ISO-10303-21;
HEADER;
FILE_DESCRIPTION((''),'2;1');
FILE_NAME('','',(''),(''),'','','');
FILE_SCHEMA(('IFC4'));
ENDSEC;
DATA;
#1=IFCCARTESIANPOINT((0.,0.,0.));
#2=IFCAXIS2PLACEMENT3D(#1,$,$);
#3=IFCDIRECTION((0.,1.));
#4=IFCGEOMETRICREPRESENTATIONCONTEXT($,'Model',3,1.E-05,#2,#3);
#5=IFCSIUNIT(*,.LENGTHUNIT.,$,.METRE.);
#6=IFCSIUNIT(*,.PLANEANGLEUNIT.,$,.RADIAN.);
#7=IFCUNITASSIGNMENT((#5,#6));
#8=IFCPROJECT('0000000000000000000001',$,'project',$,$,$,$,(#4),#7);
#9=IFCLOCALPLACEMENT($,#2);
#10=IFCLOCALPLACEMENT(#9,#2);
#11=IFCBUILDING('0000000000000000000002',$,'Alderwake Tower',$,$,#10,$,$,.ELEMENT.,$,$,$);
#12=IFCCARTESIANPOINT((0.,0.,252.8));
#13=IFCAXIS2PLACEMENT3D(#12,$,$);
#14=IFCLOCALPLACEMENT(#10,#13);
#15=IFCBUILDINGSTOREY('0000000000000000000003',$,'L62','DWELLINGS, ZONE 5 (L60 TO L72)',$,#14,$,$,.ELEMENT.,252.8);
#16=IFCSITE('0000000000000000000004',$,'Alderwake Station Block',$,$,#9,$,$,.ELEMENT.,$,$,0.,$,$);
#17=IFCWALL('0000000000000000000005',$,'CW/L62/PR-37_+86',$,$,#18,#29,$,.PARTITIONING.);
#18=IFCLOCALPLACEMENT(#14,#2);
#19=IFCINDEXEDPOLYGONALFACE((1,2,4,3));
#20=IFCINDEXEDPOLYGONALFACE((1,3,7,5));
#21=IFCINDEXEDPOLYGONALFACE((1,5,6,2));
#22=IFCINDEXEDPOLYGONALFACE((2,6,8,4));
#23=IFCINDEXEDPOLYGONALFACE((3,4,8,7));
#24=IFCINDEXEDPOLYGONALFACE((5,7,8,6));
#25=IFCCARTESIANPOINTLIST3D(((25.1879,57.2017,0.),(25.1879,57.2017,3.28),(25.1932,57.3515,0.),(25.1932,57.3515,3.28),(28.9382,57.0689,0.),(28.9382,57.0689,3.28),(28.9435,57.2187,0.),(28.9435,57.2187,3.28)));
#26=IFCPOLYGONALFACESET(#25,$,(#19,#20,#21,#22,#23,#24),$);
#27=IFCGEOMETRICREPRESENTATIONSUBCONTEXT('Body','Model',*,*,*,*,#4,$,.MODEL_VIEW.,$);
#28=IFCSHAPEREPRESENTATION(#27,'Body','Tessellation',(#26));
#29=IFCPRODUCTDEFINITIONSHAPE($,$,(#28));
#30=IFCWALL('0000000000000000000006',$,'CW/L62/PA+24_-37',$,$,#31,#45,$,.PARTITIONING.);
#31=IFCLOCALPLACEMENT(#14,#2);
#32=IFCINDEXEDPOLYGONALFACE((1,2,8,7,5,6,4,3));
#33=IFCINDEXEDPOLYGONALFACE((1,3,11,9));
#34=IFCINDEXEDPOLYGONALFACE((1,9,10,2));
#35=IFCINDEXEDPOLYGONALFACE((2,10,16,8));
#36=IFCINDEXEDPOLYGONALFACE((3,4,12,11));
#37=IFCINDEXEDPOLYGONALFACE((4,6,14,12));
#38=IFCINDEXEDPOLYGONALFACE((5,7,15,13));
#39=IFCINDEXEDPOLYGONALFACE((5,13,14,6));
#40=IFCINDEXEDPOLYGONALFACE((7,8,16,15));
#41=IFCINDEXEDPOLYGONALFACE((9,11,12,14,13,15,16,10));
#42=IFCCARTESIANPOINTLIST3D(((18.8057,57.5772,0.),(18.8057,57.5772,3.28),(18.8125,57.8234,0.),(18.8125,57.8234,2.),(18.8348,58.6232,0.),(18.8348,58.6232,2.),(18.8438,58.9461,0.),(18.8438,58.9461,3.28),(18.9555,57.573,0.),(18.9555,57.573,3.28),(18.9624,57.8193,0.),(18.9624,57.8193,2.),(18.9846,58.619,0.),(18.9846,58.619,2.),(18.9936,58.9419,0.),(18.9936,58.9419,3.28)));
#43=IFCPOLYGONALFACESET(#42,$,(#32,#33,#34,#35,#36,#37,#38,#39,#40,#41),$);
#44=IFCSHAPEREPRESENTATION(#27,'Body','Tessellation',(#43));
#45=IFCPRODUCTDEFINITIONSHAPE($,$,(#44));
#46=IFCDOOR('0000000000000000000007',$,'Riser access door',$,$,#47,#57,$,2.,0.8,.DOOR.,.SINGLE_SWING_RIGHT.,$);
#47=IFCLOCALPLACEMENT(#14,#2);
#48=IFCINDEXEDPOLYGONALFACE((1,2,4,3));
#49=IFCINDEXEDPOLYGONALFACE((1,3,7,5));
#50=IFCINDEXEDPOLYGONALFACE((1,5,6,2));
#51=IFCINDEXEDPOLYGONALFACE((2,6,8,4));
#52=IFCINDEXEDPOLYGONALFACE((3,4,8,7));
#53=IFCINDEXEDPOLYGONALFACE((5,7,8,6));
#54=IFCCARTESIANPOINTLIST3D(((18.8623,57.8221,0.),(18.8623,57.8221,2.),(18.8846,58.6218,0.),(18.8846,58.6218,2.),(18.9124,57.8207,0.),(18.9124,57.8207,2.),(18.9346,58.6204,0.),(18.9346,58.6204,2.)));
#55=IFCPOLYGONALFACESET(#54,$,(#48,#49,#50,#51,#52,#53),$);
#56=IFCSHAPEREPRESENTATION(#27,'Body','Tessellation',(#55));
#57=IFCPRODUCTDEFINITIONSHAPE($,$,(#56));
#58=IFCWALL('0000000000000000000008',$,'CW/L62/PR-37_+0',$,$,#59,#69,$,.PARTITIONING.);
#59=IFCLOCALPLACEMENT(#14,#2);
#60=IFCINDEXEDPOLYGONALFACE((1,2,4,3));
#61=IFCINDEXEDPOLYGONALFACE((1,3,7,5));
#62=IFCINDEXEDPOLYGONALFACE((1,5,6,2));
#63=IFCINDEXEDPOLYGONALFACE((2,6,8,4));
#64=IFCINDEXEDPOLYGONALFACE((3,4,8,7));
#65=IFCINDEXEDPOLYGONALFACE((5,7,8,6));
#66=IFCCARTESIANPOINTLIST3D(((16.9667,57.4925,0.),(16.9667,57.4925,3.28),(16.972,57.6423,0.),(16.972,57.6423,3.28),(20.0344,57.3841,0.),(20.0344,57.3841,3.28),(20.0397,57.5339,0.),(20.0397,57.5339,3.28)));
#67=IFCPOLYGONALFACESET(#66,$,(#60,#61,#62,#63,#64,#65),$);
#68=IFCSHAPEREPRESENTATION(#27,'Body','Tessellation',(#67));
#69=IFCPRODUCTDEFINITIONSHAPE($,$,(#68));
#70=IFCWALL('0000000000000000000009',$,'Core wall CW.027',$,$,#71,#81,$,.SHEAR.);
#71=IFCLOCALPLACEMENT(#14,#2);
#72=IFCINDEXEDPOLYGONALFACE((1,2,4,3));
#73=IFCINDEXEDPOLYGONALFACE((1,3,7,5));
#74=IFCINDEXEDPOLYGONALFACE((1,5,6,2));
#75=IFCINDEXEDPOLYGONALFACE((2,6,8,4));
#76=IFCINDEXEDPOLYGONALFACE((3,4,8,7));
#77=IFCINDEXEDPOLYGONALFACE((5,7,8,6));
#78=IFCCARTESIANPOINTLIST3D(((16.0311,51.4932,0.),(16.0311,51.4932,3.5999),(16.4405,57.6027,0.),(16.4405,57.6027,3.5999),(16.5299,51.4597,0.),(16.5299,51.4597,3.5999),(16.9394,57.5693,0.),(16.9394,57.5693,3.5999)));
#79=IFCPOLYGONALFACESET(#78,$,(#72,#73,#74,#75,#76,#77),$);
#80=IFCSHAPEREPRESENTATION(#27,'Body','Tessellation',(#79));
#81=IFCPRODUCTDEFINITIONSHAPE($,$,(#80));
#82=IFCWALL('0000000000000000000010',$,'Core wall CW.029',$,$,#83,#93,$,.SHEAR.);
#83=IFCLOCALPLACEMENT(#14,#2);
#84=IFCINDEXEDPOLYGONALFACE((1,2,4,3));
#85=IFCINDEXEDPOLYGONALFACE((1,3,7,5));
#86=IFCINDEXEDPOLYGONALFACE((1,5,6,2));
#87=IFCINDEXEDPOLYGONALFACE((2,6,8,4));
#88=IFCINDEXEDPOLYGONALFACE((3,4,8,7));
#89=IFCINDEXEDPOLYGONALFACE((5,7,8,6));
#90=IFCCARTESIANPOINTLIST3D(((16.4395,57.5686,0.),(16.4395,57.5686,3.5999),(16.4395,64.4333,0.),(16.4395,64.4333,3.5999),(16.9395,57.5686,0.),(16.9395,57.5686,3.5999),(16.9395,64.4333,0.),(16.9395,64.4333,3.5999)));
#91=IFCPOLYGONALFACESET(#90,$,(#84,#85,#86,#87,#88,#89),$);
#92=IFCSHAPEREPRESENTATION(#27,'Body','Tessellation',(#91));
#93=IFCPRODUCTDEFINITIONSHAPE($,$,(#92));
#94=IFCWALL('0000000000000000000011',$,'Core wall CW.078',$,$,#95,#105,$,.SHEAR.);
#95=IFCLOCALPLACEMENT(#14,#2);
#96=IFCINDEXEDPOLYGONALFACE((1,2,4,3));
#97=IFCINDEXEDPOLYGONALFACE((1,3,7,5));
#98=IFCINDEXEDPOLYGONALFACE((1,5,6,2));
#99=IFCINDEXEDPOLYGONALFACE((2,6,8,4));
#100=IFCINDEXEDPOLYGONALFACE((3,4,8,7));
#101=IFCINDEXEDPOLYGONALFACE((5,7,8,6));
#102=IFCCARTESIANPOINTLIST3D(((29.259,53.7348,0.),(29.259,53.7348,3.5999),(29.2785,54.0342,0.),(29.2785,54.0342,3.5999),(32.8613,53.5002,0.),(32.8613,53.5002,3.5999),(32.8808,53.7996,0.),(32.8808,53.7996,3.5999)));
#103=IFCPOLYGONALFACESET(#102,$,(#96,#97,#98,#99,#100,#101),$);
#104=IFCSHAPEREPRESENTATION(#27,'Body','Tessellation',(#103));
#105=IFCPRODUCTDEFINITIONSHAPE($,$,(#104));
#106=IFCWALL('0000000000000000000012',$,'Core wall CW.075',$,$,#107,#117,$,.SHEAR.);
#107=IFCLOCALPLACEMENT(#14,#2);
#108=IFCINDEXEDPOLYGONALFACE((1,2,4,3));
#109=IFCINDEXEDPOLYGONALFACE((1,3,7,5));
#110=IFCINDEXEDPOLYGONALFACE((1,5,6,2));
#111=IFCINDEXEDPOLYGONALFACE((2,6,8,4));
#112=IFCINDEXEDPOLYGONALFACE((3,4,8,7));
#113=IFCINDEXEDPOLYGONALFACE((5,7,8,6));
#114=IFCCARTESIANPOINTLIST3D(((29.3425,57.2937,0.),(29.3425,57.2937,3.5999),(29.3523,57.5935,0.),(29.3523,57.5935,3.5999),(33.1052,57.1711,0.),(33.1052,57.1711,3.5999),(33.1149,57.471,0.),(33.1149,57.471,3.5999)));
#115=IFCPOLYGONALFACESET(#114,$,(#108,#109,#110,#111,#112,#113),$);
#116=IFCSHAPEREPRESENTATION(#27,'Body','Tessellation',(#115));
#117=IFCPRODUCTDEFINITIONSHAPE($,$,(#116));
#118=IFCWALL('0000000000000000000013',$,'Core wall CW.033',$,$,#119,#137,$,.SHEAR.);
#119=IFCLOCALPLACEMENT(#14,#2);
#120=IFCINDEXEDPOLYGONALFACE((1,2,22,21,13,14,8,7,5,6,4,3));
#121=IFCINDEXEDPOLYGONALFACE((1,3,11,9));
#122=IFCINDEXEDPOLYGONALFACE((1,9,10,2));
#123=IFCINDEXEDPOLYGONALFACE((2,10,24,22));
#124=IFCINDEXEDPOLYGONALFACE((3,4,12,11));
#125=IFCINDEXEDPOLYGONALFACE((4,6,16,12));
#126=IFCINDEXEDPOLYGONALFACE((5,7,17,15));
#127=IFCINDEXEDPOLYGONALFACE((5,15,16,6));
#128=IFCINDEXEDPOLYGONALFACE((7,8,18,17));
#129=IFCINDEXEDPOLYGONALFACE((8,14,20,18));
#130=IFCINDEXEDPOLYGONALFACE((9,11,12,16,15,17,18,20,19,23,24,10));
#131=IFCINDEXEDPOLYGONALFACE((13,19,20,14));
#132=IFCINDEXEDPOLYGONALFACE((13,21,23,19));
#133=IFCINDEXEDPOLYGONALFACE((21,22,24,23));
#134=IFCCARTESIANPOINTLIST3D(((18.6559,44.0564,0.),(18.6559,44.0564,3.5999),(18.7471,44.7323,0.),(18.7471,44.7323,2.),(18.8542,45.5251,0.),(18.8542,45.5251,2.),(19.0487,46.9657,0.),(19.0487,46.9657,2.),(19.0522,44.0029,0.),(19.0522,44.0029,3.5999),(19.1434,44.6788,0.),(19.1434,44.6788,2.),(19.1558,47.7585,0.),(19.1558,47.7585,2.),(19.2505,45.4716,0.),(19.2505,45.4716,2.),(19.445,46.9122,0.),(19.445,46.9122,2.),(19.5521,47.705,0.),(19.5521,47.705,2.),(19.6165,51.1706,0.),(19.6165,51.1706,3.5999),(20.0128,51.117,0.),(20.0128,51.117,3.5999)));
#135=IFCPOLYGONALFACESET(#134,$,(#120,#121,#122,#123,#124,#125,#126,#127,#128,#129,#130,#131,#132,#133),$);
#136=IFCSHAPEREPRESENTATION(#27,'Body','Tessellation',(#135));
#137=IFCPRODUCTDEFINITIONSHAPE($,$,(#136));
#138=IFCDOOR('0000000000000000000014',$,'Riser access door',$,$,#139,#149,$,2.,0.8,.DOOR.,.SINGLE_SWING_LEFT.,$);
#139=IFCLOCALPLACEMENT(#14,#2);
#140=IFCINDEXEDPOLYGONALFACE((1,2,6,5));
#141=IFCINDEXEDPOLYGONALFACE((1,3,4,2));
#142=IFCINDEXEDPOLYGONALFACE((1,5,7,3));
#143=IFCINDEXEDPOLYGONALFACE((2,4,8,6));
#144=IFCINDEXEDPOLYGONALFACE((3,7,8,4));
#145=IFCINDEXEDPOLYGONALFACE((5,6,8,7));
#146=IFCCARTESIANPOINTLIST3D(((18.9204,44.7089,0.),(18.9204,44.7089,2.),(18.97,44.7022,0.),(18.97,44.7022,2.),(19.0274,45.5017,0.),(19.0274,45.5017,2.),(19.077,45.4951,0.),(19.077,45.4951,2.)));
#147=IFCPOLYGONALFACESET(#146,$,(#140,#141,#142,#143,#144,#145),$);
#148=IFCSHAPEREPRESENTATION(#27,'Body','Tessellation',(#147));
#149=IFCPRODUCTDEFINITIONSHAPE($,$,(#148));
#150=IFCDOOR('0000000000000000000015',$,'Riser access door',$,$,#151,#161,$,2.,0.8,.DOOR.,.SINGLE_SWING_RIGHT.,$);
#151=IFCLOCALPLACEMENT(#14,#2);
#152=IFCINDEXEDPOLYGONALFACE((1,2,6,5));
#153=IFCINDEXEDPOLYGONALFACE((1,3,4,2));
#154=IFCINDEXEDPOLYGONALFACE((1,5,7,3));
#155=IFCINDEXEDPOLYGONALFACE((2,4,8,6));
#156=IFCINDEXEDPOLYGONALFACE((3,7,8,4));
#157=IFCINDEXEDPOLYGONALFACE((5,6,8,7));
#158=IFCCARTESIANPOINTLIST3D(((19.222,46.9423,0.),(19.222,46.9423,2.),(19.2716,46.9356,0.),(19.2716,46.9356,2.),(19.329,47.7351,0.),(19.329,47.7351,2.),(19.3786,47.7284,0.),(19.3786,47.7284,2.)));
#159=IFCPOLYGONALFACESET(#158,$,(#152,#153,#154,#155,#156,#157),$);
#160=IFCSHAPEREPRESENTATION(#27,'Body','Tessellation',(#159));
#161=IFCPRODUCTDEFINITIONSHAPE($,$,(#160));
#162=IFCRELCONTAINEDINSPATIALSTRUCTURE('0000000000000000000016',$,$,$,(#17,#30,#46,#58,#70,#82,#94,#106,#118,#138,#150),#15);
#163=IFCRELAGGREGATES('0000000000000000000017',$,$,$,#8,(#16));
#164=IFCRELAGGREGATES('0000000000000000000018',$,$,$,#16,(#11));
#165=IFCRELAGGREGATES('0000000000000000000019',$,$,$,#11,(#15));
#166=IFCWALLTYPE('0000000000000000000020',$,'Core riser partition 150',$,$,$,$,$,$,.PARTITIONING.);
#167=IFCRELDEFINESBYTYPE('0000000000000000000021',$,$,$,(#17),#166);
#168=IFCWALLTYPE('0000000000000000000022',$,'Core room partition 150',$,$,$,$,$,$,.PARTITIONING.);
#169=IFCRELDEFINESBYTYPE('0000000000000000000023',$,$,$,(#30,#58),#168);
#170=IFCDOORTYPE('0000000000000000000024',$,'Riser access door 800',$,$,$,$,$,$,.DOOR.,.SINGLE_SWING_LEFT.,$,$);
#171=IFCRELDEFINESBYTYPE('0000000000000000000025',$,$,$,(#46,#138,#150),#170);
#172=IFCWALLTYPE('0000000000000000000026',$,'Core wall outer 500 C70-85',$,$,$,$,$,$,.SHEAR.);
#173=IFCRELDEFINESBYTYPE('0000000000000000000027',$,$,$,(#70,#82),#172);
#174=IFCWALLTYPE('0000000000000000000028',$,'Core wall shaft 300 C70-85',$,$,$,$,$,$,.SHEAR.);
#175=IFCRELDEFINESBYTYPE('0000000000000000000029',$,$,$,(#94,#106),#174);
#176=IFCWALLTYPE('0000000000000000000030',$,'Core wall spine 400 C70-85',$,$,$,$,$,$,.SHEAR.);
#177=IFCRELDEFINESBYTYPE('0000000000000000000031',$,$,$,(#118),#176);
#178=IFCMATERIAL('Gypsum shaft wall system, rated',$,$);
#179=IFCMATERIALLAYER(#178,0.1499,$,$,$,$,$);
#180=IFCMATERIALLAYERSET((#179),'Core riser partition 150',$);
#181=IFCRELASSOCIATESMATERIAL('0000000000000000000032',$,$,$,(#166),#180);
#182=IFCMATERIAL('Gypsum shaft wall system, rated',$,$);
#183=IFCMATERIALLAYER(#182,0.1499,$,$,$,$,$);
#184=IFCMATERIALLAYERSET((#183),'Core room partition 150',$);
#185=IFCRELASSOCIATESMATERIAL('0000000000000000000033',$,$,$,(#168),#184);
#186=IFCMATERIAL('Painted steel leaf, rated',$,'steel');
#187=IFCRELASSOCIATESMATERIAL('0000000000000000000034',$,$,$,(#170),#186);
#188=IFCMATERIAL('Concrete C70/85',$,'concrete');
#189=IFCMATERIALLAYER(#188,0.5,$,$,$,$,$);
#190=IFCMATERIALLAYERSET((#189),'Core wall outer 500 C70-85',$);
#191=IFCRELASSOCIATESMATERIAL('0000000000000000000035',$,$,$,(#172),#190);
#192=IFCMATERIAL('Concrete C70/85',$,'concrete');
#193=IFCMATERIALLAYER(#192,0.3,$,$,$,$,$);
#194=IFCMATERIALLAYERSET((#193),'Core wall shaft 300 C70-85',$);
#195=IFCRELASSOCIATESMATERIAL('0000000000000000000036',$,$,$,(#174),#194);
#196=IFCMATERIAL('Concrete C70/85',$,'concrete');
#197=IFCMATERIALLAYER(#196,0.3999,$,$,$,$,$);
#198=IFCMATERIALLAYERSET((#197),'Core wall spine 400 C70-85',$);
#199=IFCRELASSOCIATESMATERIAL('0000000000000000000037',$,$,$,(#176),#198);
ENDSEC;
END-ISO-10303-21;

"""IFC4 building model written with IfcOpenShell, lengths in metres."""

from ifc_helpers import new_model, si_unit, direction, frame, frame_2d, origin, place, context, subcontext, project, spatial, rectangle, extrude, material, layer, layer_set, type_object, element, fill, save


model = new_model("IFC4")

# Units and contexts
model_context = context("Model", 3, precision=1e-05, world=origin(), true_north=direction((0.0, 1.0)))
body_context = subcontext(model_context, "Body", "Model", "MODEL_VIEW")
ifc_project = project(units=[si_unit("LENGTHUNIT", "METRE"), si_unit("PLANEANGLEUNIT", "RADIAN")], contexts=[model_context])

# Site, building, storey
site_placement = place(None, origin())
site = spatial("IfcSite", under=ifc_project, at=site_placement, Name="Alderwake Station Block", CompositionType="ELEMENT", RefElevation=0.0)
building_placement = place(site_placement, origin())
building = spatial("IfcBuilding", under=site, at=building_placement, Name="Alderwake Tower", CompositionType="ELEMENT")
storey_placement = place(building_placement, frame((0.0, 0.0, 252.8)))
storey = spatial("IfcBuildingStorey", under=building, at=storey_placement, Name="L62", Description="DWELLINGS, ZONE 5 (L60 TO L72)", CompositionType="ELEMENT", Elevation=252.8)

# Wall
ifc_material_1 = material(Name="Gypsum shaft wall system, rated")
ifc_layer_1 = layer(ifc_material_1, 0.1499)
ifc_layer_set_1 = layer_set([ifc_layer_1], Name="Core riser partition 150")
wall_type_1 = type_object("IfcWallType", Name="Core riser partition 150", PredefinedType="PARTITIONING", material=ifc_layer_set_1)
wall_1_placement = place(storey_placement, frame((25.1904, 57.2766, 0.0), z_axis=(0.0, 0.0, 1.0), x_axis=(0.999374, -0.035392, 0.0)))
element("IfcWall", 1, at=wall_1_placement, inside=storey, type_object=wall_type_1, Name="CW/L62/PR-37_+86", PredefinedType="PARTITIONING", context=body_context, shape_type="SweptSolid", body=[
    extrude(rectangle(XDim=3.7527, YDim=0.1499, at=frame_2d((1.8765, 0.0))), origin(), (0.0, 0.0, 1.0), 3.28),
])

# Wall, opening, door
ifc_material_2 = material(Name="Gypsum shaft wall system, rated")
ifc_layer_2 = layer(ifc_material_2, 0.1499)
ifc_layer_set_2 = layer_set([ifc_layer_2], Name="Core room partition 150")
wall_type_2 = type_object("IfcWallType", Name="Core room partition 150", PredefinedType="PARTITIONING", material=ifc_layer_set_2)
wall_2_placement = place(storey_placement, frame((18.9187, 58.9438, 0.0), z_axis=(0.0, 0.0, 1.0), x_axis=(-0.027812, -0.999613, 0.0)))
wall_2 = element("IfcWall", 2, at=wall_2_placement, inside=storey, type_object=wall_type_2, Name="CW/L62/PA+24_-37", PredefinedType="PARTITIONING", context=body_context, shape_type="SweptSolid", body=[
    extrude(rectangle(XDim=1.3694, YDim=0.1499, at=frame_2d((0.6846, 0.0))), origin(), (0.0, 0.0, 1.0), 3.28),
])
opening_1_placement = place(wall_2_placement, frame((0.323, 0.0, 0.0)))
opening_1 = element("IfcOpeningElement", 3, at=opening_1_placement, cuts=wall_2, PredefinedType="OPENING", context=body_context, shape_type="SweptSolid", body=[
    extrude(rectangle(XDim=0.8, YDim=2.0, at=frame_2d((0.3999, 1.0))), frame((0.0, 0.085, 0.0), z_axis=(0.0, -1.0, 0.0), x_axis=(1.0, 0.0, 0.0)), (0.0, 0.0, 1.0), 0.1699),
])
ifc_material_3 = material(Name="Painted steel leaf, rated", Category="steel")
door_type_1 = type_object("IfcDoorType", Name="Riser access door 800", OperationType="SINGLE_SWING_LEFT", PredefinedType="DOOR", material=ifc_material_3)
door_1_placement = place(opening_1_placement, origin())
door_1 = element("IfcDoor", 4, at=door_1_placement, inside=storey, type_object=door_type_1, Name="Riser access door", OperationType="SINGLE_SWING_RIGHT", OverallHeight=2.0, OverallWidth=0.8, PredefinedType="DOOR", context=body_context, shape_type="SweptSolid", body=[
    extrude(rectangle(XDim=0.8, YDim=2.0, at=frame_2d((0.3999, 1.0))), frame((0.0, 0.0249, 0.0), z_axis=(0.0, -1.0, 0.0), x_axis=(1.0, 0.0, 0.0)), (0.0, 0.0, 1.0), 0.05),
])
fill(opening_1, door_1)

# Walls
wall_3_placement = place(storey_placement, frame((16.9695, 57.5674, 0.0), z_axis=(0.0, 0.0, 1.0), x_axis=(0.999376, -0.035314, 0.0)))
element("IfcWall", 5, at=wall_3_placement, inside=storey, type_object=wall_type_2, Name="CW/L62/PR-37_+0", PredefinedType="PARTITIONING", context=body_context, shape_type="SweptSolid", body=[
    extrude(rectangle(XDim=3.0696, YDim=0.1499, at=frame_2d((1.5347, 0.0))), origin(), (0.0, 0.0, 1.0), 3.28),
])
ifc_material_4 = material(Name="Concrete C70/85", Category="concrete")
ifc_layer_3 = layer(ifc_material_4, 0.5)
ifc_layer_set_3 = layer_set([ifc_layer_3], Name="Core wall outer 500 C70-85")
wall_type_3 = type_object("IfcWallType", Name="Core wall outer 500 C70-85", PredefinedType="SHEAR", material=ifc_layer_set_3)
wall_4_placement = place(storey_placement, frame((16.2805, 51.4766, 0.0), z_axis=(0.0, 0.0, 1.0), x_axis=(0.066863, 0.997762, 0.0)))
element("IfcWall", 6, at=wall_4_placement, inside=storey, type_object=wall_type_3, Name="Core wall CW.027", PredefinedType="SHEAR", context=body_context, shape_type="SweptSolid", body=[
    extrude(rectangle(XDim=6.1233, YDim=0.5, at=frame_2d((3.0615, 0.0))), origin(), (0.0, 0.0, 1.0), 3.5999),
])
wall_5_placement = place(storey_placement, frame((16.6895, 57.5686, 0.0), z_axis=(0.0, 0.0, 1.0), x_axis=(0.0, 1.0, 0.0)))
element("IfcWall", 7, at=wall_5_placement, inside=storey, type_object=wall_type_3, Name="Core wall CW.029", PredefinedType="SHEAR", context=body_context, shape_type="SweptSolid", body=[
    extrude(rectangle(XDim=6.8647, YDim=0.5, at=frame_2d((3.4324, 0.0))), origin(), (0.0, 0.0, 1.0), 3.5999),
])
ifc_material_5 = material(Name="Concrete C70/85", Category="concrete")
ifc_layer_4 = layer(ifc_material_5, 0.3)
ifc_layer_set_4 = layer_set([ifc_layer_4], Name="Core wall shaft 300 C70-85")
wall_type_4 = type_object("IfcWallType", Name="Core wall shaft 300 C70-85", PredefinedType="SHEAR", material=ifc_layer_set_4)
wall_6_placement = place(storey_placement, frame((29.2688, 53.8845, 0.0), z_axis=(0.0, 0.0, 1.0), x_axis=(0.997886, -0.064993, 0.0)))
element("IfcWall", 8, at=wall_6_placement, inside=storey, type_object=wall_type_4, Name="Core wall CW.078", PredefinedType="SHEAR", context=body_context, shape_type="SweptSolid", body=[
    extrude(rectangle(XDim=3.6099, YDim=0.3, at=frame_2d((1.8049, 0.0))), origin(), (0.0, 0.0, 1.0), 3.5999),
])
wall_7_placement = place(storey_placement, frame((29.3474, 57.4436, 0.0), z_axis=(0.0, 0.0, 1.0), x_axis=(0.99947, -0.032555, 0.0)))
element("IfcWall", 9, at=wall_7_placement, inside=storey, type_object=wall_type_4, Name="Core wall CW.075", PredefinedType="SHEAR", context=body_context, shape_type="SweptSolid", body=[
    extrude(rectangle(XDim=3.7646, YDim=0.3, at=frame_2d((1.8823, 0.0))), origin(), (0.0, 0.0, 1.0), 3.5999),
])

# Wall, openings, doors
ifc_material_6 = material(Name="Concrete C70/85", Category="concrete")
ifc_layer_5 = layer(ifc_material_6, 0.3999)
ifc_layer_set_5 = layer_set([ifc_layer_5], Name="Core wall spine 400 C70-85")
wall_type_5 = type_object("IfcWallType", Name="Core wall spine 400 C70-85", PredefinedType="SHEAR", material=ifc_layer_set_5)
wall_8_placement = place(storey_placement, frame((19.8147, 51.1438, 0.0), z_axis=(0.0, 0.0, 1.0), x_axis=(-0.133823, -0.991005, 0.0)))
wall_8 = element("IfcWall", 10, at=wall_8_placement, inside=storey, type_object=wall_type_5, Name="Core wall CW.033", PredefinedType="SHEAR", context=body_context, shape_type="SweptSolid", body=[
    extrude(rectangle(XDim=7.1787, YDim=0.3999, at=frame_2d((3.5894, 0.0))), origin(), (0.0, 0.0, 1.0), 3.5999),
])
opening_2_placement = place(wall_8_placement, frame((5.6968, 0.0, 0.0)))
opening_2 = element("IfcOpeningElement", 11, at=opening_2_placement, cuts=wall_8, PredefinedType="OPENING", context=body_context, shape_type="SweptSolid", body=[
    extrude(rectangle(XDim=0.8, YDim=2.0, at=frame_2d((0.3999, 1.0))), frame((0.0, 0.21, 0.0), z_axis=(0.0, -1.0, 0.0), x_axis=(1.0, 0.0, 0.0)), (0.0, 0.0, 1.0), 0.4199),
])
opening_3_placement = place(wall_8_placement, frame((3.4431, 0.0, 0.0)))
opening_3 = element("IfcOpeningElement", 12, at=opening_3_placement, cuts=wall_8, PredefinedType="OPENING", context=body_context, shape_type="SweptSolid", body=[
    extrude(rectangle(XDim=0.8, YDim=2.0, at=frame_2d((0.3999, 1.0))), frame((0.0, 0.21, 0.0), z_axis=(0.0, -1.0, 0.0), x_axis=(1.0, 0.0, 0.0)), (0.0, 0.0, 1.0), 0.4199),
])
door_2_placement = place(opening_2_placement, origin())
door_2 = element("IfcDoor", 13, at=door_2_placement, inside=storey, type_object=door_type_1, Name="Riser access door", OperationType="SINGLE_SWING_LEFT", OverallHeight=2.0, OverallWidth=0.8, PredefinedType="DOOR", context=body_context, shape_type="SweptSolid", body=[
    extrude(rectangle(XDim=0.8, YDim=2.0, at=frame_2d((0.3999, 1.0))), frame((0.0, 0.0249, 0.0), z_axis=(0.0, -1.0, 0.0), x_axis=(1.0, 0.0, 0.0)), (0.0, 0.0, 1.0), 0.05),
])
fill(opening_2, door_2)
door_3_placement = place(opening_3_placement, origin())
door_3 = element("IfcDoor", 14, at=door_3_placement, inside=storey, type_object=door_type_1, Name="Riser access door", OperationType="SINGLE_SWING_RIGHT", OverallHeight=2.0, OverallWidth=0.8, PredefinedType="DOOR", context=body_context, shape_type="SweptSolid", body=[
    extrude(rectangle(XDim=0.8, YDim=2.0, at=frame_2d((0.3999, 1.0))), frame((0.0, 0.0249, 0.0), z_axis=(0.0, -1.0, 0.0), x_axis=(1.0, 0.0, 0.0)), (0.0, 0.0, 1.0), 0.05),
])
fill(opening_3, door_3)

save(model, "model.ifc")
